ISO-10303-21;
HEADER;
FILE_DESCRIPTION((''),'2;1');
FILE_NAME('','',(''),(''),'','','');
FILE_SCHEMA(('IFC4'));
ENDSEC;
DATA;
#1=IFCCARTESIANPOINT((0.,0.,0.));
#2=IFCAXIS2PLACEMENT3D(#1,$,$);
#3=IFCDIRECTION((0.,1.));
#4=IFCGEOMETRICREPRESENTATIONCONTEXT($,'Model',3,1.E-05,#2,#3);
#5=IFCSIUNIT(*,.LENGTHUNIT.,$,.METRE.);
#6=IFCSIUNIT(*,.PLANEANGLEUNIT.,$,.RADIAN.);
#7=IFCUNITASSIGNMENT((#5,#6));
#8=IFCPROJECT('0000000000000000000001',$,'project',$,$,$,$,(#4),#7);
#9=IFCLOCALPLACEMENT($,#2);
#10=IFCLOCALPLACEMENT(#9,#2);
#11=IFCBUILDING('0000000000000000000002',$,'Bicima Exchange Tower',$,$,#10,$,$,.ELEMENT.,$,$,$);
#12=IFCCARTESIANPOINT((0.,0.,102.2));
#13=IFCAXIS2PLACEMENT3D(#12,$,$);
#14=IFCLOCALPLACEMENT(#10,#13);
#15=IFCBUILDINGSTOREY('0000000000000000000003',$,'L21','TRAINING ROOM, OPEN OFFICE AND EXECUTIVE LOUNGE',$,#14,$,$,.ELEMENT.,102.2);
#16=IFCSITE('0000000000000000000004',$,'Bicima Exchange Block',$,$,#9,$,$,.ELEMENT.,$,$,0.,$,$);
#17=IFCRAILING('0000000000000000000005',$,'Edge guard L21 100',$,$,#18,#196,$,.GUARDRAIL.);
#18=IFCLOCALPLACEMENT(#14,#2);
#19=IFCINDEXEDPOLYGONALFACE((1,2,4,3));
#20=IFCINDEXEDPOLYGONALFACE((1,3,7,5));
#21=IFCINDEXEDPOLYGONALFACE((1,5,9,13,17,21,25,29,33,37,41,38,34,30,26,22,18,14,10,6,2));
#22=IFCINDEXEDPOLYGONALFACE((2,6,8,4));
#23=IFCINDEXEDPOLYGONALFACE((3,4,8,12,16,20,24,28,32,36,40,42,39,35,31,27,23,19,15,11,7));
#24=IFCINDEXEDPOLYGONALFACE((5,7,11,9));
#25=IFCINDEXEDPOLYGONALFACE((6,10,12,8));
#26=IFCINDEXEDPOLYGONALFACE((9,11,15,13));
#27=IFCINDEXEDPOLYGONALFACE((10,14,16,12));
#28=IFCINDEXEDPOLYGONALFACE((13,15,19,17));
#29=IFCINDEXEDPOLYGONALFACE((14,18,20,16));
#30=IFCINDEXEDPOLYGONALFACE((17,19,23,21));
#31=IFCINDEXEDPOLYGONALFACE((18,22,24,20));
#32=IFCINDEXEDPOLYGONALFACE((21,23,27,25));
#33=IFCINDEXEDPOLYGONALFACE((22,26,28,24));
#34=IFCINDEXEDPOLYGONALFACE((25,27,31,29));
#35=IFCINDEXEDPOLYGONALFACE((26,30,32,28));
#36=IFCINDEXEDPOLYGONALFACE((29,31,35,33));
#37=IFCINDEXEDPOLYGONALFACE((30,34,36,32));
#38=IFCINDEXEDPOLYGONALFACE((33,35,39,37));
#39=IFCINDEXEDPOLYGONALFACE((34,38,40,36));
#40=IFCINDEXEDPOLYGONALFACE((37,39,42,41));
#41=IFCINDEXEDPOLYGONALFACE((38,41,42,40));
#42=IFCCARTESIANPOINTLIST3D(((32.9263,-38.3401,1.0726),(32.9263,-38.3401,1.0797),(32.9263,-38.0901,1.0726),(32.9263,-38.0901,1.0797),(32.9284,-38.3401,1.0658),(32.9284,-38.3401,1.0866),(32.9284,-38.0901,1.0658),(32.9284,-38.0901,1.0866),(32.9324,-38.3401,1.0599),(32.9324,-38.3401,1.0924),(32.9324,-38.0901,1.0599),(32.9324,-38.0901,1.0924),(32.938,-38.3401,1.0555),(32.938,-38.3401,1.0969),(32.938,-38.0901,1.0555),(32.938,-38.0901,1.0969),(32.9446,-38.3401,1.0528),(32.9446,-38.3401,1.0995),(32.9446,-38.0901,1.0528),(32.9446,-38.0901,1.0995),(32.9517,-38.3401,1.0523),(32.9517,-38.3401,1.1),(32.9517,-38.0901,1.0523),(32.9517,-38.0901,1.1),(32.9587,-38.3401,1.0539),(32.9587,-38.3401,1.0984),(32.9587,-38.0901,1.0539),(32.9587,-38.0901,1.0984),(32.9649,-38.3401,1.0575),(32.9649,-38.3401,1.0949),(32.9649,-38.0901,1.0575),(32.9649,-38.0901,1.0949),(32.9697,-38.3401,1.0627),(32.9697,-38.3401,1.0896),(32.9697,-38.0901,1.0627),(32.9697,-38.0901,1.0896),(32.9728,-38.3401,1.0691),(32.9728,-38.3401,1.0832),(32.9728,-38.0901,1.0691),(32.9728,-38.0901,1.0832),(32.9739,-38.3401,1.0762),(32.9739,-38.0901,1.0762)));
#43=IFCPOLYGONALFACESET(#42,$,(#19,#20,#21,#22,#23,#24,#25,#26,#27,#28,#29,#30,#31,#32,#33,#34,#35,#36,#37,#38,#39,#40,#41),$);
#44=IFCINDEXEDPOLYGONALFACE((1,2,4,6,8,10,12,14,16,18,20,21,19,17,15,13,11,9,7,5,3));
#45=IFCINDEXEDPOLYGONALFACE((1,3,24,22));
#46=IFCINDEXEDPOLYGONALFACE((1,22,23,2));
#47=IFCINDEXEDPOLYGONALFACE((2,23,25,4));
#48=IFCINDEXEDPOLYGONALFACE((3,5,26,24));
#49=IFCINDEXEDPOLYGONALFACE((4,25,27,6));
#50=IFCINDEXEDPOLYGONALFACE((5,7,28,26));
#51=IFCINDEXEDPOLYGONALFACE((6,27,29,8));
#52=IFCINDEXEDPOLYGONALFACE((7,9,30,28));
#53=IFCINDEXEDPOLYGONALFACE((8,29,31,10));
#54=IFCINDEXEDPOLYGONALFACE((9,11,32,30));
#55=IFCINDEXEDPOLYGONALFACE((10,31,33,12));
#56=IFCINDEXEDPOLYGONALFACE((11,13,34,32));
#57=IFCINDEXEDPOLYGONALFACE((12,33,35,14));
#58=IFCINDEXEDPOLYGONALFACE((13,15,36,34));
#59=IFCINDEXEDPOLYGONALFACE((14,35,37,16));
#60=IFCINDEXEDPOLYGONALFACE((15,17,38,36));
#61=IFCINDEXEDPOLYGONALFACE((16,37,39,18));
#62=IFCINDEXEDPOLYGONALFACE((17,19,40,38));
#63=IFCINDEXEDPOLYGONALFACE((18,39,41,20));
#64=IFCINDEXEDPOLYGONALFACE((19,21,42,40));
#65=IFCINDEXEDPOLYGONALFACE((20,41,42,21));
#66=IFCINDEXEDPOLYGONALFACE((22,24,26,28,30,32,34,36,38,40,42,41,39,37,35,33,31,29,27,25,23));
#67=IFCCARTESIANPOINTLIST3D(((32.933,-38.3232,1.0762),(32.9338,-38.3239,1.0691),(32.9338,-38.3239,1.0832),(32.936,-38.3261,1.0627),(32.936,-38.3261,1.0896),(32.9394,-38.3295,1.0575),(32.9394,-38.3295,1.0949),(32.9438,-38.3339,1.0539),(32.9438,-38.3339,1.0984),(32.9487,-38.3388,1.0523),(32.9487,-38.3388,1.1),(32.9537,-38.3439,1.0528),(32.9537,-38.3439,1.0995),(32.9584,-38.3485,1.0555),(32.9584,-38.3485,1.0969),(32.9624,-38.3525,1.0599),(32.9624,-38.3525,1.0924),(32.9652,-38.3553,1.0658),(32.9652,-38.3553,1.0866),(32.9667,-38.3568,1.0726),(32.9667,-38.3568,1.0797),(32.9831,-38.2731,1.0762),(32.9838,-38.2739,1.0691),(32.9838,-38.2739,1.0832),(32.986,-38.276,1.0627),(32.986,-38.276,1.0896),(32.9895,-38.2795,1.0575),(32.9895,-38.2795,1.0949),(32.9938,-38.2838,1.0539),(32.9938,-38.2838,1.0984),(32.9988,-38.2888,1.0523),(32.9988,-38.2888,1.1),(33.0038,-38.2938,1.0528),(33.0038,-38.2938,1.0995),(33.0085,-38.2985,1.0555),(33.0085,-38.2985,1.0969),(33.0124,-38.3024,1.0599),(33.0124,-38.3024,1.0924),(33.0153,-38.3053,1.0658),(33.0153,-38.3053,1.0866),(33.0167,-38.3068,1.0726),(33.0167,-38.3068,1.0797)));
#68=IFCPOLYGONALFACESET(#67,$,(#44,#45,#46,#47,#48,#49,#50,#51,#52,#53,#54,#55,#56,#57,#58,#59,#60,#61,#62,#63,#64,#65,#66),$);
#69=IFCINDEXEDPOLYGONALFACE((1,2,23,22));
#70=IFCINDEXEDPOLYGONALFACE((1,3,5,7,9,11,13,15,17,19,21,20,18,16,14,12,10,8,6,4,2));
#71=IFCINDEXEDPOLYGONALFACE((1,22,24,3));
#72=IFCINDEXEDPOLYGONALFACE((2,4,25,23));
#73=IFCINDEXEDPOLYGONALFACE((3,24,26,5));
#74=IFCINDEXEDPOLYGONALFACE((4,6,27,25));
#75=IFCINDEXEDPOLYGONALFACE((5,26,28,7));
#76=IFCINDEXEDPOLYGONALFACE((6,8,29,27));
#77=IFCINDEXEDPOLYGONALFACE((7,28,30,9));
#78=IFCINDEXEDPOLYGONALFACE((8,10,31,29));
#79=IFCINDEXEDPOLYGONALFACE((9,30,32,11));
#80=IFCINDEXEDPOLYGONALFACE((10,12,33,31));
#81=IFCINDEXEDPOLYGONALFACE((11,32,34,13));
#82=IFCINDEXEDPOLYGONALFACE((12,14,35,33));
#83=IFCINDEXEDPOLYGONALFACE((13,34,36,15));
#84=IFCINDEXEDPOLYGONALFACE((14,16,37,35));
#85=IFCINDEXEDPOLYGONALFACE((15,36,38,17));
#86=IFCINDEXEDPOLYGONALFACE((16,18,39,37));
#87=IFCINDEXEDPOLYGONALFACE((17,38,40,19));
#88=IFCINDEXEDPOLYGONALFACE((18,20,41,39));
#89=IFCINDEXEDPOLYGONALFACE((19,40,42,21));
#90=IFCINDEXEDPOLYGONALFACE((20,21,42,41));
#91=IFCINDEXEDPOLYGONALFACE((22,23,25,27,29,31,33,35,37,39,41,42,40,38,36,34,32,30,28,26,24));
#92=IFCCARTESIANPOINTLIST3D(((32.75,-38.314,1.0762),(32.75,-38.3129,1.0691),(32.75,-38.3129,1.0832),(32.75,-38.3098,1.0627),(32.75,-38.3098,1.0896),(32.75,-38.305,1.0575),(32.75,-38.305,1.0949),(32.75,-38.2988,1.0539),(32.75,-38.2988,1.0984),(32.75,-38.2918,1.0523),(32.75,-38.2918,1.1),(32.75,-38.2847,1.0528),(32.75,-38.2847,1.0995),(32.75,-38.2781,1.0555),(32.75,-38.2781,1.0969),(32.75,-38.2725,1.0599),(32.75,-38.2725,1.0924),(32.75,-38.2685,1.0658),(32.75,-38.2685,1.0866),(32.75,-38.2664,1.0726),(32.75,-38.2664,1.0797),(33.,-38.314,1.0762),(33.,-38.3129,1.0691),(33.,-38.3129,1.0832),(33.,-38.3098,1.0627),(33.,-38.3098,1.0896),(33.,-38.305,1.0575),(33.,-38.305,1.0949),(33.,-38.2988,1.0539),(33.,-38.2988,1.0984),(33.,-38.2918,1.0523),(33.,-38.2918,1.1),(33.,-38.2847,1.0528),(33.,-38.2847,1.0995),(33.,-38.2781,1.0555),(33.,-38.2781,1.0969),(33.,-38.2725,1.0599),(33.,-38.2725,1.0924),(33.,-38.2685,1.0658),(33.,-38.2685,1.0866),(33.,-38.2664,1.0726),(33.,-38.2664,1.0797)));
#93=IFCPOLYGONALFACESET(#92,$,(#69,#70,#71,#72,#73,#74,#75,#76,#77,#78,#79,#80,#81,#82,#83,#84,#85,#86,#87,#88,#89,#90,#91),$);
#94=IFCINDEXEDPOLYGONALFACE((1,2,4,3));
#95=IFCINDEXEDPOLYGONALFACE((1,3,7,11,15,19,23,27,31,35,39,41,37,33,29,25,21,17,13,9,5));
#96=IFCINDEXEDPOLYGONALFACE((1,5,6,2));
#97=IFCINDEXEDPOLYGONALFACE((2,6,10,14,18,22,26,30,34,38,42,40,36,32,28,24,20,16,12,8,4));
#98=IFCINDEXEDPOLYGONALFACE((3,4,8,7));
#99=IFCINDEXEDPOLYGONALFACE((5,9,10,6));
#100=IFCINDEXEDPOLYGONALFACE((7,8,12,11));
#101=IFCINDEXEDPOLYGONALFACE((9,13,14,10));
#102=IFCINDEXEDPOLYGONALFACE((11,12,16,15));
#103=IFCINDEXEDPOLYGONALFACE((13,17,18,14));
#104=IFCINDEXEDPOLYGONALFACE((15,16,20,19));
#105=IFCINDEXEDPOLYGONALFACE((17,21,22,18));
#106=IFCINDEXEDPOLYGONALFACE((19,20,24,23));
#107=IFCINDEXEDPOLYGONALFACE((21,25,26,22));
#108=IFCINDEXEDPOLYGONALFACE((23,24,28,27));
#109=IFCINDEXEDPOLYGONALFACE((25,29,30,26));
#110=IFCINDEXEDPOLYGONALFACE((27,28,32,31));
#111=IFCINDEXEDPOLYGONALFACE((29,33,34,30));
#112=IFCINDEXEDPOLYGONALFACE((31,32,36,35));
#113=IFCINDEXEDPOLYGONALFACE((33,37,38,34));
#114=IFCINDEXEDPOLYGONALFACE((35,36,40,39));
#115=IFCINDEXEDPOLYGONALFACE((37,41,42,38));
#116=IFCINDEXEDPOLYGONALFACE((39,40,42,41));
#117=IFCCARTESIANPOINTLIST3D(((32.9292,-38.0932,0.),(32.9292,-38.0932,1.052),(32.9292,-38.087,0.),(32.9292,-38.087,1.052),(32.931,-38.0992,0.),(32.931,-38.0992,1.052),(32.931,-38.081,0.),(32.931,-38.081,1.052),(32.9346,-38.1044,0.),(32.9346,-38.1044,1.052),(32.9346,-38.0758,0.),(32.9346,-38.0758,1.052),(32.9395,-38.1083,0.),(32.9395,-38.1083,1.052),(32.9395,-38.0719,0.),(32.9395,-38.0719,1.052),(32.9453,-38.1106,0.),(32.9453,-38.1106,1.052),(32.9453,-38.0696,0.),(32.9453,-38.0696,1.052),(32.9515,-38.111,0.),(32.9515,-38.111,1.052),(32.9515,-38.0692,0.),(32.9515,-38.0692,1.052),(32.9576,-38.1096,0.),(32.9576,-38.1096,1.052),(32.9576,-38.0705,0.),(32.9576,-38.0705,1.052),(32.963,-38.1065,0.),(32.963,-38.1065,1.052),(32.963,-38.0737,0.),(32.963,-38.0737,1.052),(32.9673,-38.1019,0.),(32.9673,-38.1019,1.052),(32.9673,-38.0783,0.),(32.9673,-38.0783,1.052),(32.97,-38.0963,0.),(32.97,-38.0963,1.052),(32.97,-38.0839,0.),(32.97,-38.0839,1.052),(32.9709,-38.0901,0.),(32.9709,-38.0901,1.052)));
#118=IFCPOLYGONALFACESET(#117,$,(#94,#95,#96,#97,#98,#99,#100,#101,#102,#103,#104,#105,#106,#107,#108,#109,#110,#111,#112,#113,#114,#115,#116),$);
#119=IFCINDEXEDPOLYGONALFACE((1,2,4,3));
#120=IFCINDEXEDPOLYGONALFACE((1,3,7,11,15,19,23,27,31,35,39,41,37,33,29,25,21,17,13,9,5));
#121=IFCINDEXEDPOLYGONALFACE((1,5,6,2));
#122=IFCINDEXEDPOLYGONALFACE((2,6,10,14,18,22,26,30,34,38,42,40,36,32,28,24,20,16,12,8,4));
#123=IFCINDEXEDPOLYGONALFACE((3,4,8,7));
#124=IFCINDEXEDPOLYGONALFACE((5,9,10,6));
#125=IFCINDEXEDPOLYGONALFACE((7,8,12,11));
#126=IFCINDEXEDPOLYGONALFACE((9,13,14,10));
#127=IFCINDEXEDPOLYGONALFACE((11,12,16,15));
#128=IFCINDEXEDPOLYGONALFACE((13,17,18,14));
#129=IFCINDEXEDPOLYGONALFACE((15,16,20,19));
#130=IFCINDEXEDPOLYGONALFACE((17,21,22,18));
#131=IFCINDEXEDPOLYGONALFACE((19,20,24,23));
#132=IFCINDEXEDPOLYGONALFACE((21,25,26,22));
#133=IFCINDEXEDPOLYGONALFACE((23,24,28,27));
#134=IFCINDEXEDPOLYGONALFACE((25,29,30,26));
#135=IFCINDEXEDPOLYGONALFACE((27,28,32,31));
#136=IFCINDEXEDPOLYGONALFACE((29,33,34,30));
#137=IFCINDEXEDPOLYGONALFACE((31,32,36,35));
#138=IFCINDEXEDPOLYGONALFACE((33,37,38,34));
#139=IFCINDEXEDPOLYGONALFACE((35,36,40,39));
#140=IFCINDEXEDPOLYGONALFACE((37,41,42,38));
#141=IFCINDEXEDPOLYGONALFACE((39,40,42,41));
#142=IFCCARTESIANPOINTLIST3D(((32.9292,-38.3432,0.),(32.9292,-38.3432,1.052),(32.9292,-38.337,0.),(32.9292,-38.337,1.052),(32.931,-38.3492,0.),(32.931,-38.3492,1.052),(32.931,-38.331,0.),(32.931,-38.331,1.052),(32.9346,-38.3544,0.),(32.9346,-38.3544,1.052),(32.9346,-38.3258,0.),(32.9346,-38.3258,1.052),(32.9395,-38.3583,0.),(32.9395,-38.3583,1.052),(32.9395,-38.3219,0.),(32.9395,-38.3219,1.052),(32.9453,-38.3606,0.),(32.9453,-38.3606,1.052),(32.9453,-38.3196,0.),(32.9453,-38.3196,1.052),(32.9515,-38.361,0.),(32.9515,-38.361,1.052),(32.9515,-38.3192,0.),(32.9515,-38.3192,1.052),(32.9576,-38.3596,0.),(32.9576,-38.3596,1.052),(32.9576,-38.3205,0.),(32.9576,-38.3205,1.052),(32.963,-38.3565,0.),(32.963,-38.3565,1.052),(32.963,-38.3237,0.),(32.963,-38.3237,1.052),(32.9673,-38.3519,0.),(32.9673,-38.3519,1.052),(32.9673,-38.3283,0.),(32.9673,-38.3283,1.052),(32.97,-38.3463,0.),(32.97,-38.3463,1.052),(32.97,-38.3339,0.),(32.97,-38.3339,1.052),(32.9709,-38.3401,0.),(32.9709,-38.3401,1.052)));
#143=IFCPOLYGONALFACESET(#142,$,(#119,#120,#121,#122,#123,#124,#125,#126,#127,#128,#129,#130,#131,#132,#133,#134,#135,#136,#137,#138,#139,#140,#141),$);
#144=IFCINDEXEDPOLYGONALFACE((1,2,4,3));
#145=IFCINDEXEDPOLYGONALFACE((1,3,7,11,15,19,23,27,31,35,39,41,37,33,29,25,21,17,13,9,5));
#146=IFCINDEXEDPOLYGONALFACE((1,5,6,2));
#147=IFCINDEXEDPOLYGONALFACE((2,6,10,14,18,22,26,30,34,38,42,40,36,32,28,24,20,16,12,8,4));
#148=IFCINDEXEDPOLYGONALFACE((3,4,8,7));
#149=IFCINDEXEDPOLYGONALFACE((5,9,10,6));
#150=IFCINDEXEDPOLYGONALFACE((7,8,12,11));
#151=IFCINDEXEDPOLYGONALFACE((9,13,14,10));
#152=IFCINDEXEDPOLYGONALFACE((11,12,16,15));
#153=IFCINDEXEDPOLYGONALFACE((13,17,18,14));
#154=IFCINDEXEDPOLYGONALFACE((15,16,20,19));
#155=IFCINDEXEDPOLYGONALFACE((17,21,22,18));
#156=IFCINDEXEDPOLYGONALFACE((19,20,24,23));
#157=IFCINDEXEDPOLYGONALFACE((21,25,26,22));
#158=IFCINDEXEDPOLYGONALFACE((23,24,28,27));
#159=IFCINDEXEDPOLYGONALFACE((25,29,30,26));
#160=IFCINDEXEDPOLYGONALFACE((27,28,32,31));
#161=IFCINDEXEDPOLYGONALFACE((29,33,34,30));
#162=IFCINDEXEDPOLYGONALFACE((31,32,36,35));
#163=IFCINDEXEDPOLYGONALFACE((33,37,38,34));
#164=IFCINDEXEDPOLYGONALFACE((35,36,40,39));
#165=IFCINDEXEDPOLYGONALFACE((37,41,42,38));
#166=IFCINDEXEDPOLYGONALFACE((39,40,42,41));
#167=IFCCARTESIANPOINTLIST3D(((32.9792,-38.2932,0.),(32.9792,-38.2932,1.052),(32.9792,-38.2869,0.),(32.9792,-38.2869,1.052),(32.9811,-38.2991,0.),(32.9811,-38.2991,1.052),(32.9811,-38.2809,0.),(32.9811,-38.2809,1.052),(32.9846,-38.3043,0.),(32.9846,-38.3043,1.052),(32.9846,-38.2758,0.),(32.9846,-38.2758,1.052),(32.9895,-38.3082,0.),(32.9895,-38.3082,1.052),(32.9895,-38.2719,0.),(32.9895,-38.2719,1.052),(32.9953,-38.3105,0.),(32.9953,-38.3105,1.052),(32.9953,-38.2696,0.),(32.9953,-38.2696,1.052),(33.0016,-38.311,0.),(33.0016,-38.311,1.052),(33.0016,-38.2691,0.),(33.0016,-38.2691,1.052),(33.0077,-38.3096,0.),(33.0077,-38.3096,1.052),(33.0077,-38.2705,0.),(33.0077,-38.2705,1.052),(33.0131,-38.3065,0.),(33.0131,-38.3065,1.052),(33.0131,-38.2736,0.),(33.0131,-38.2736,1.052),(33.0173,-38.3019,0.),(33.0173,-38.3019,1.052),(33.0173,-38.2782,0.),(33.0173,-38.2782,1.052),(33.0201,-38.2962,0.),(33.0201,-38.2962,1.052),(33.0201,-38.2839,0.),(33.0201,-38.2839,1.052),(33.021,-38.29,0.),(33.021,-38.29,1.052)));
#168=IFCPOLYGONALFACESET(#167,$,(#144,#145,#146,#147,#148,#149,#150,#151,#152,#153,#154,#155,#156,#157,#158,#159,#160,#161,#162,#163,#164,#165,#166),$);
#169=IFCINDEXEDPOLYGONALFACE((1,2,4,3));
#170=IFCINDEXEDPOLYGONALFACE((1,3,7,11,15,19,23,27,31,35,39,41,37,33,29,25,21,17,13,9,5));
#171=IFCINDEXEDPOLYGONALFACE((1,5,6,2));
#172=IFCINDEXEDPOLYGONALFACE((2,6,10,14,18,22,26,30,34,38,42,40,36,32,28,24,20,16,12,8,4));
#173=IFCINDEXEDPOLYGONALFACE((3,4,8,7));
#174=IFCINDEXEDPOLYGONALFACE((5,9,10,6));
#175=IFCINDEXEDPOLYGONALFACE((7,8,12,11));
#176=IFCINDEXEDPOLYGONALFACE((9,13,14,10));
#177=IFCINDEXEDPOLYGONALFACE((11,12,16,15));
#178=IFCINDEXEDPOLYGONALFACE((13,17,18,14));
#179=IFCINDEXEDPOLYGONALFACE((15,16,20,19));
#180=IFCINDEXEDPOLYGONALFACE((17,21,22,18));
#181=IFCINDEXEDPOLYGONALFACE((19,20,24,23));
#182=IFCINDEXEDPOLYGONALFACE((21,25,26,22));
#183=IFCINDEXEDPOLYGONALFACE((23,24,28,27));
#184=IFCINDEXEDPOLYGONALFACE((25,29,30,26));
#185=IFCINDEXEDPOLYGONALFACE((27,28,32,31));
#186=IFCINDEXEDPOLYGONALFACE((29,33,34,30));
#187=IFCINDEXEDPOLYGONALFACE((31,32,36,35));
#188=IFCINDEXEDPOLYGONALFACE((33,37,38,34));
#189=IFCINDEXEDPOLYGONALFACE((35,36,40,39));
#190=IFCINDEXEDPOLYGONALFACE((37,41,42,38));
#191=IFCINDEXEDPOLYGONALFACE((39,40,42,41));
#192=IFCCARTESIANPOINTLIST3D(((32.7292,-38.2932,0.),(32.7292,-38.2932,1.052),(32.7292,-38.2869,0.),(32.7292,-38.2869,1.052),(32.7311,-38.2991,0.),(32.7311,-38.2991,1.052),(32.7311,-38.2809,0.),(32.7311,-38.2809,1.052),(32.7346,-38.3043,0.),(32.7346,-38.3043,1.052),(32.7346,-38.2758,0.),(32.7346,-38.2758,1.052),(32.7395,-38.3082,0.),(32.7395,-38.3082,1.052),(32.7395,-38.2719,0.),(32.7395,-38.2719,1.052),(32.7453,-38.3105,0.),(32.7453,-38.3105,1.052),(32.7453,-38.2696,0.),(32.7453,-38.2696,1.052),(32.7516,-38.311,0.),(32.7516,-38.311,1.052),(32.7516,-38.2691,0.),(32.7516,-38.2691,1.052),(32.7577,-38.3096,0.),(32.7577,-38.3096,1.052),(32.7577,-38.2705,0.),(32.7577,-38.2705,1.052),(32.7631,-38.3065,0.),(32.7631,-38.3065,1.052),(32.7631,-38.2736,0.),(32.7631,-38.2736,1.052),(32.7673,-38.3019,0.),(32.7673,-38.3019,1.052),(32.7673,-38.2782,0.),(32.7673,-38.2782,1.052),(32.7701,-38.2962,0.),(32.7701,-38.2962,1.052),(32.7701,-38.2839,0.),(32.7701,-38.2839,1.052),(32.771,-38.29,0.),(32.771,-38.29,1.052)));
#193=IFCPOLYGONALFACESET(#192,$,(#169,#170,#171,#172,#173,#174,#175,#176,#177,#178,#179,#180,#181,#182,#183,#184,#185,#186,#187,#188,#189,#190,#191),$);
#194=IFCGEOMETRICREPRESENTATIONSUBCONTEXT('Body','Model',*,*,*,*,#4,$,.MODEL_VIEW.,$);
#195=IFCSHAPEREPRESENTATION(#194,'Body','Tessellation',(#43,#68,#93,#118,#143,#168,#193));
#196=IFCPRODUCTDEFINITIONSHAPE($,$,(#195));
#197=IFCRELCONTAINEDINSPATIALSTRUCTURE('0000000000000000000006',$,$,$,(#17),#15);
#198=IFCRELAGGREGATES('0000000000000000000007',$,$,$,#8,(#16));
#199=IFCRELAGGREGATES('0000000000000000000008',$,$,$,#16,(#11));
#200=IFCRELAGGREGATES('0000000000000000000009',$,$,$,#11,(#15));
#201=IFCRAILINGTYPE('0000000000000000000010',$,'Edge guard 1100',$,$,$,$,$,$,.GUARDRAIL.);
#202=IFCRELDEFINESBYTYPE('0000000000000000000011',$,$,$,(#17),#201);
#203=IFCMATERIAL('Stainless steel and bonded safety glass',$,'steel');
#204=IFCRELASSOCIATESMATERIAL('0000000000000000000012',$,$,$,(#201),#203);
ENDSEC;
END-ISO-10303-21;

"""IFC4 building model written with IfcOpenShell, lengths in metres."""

from ifc_helpers import new_model, si_unit, direction, frame, origin, origin_2d, place, context, subcontext, project, spatial, circle, extrude, material, type_object, element, save


model = new_model("IFC4")

# Units and contexts
model_context = context("Model", 3, precision=1e-05, world=origin(), true_north=direction((0.0, 1.0)))
body_context = subcontext(model_context, "Body", "Model", "MODEL_VIEW")
ifc_project = project(units=[si_unit("LENGTHUNIT", "METRE"), si_unit("PLANEANGLEUNIT", "RADIAN")], contexts=[model_context])

# Site, building, storey
site_placement = place(None, origin())
site = spatial("IfcSite", under=ifc_project, at=site_placement, Name="Bicima Exchange Block", CompositionType="ELEMENT", RefElevation=0.0)
building_placement = place(site_placement, origin())
building = spatial("IfcBuilding", under=site, at=building_placement, Name="Bicima Exchange Tower", CompositionType="ELEMENT")
storey_placement = place(building_placement, frame((0.0, 0.0, 102.2)))
storey = spatial("IfcBuildingStorey", under=building, at=storey_placement, Name="L21", Description="TRAINING ROOM, OPEN OFFICE AND EXECUTIVE LOUNGE", CompositionType="ELEMENT", Elevation=102.2)

# Railing
ifc_material_1 = material(Name="Stainless steel and bonded safety glass", Category="steel")
railing_type = type_object("IfcRailingType", Name="Edge guard 1100", PredefinedType="GUARDRAIL", material=ifc_material_1)
railing_1_placement = place(storey_placement, frame((32.95, -38.0901, 0.0)))
element("IfcRailing", 1, at=railing_1_placement, inside=storey, type_object=railing_type, Name="Edge guard L21 100", PredefinedType="GUARDRAIL", context=body_context, shape_type="SweptSolid", body=[
    extrude(circle(Radius=0.0239, at=origin_2d()), frame((0.0, 0.0, 1.0762), z_axis=(0.0, -1.0, 0.0), x_axis=(1.0, 0.0, 0.0)), (0.0, 0.0, 1.0), 0.25),
    extrude(circle(Radius=0.0239, at=origin_2d()), frame((0.0, -0.25, 1.0762), z_axis=(0.707107, 0.707107, 0.0), x_axis=(-0.707107, 0.707107, 0.0)), (0.0, 0.0, 1.0), 0.0708),
    extrude(circle(Radius=0.0239, at=origin_2d()), frame((0.05, -0.2, 1.0762), z_axis=(-1.0, 0.0, 0.0), x_axis=(0.0, -1.0, 0.0)), (0.0, 0.0, 1.0), 0.25),
    extrude(circle(Radius=0.021, at=origin_2d()), origin(), (0.0, 0.0, 1.0), 1.052),
    extrude(circle(Radius=0.021, at=origin_2d()), frame((0.0, -0.25, 0.0)), (0.0, 0.0, 1.0), 1.052),
    extrude(circle(Radius=0.021, at=origin_2d()), frame((0.05, -0.2, 0.0)), (0.0, 0.0, 1.0), 1.052),
    extrude(circle(Radius=0.021, at=origin_2d()), frame((-0.2, -0.2, 0.0)), (0.0, 0.0, 1.0), 1.052),
])

save(model, "model.ifc")
